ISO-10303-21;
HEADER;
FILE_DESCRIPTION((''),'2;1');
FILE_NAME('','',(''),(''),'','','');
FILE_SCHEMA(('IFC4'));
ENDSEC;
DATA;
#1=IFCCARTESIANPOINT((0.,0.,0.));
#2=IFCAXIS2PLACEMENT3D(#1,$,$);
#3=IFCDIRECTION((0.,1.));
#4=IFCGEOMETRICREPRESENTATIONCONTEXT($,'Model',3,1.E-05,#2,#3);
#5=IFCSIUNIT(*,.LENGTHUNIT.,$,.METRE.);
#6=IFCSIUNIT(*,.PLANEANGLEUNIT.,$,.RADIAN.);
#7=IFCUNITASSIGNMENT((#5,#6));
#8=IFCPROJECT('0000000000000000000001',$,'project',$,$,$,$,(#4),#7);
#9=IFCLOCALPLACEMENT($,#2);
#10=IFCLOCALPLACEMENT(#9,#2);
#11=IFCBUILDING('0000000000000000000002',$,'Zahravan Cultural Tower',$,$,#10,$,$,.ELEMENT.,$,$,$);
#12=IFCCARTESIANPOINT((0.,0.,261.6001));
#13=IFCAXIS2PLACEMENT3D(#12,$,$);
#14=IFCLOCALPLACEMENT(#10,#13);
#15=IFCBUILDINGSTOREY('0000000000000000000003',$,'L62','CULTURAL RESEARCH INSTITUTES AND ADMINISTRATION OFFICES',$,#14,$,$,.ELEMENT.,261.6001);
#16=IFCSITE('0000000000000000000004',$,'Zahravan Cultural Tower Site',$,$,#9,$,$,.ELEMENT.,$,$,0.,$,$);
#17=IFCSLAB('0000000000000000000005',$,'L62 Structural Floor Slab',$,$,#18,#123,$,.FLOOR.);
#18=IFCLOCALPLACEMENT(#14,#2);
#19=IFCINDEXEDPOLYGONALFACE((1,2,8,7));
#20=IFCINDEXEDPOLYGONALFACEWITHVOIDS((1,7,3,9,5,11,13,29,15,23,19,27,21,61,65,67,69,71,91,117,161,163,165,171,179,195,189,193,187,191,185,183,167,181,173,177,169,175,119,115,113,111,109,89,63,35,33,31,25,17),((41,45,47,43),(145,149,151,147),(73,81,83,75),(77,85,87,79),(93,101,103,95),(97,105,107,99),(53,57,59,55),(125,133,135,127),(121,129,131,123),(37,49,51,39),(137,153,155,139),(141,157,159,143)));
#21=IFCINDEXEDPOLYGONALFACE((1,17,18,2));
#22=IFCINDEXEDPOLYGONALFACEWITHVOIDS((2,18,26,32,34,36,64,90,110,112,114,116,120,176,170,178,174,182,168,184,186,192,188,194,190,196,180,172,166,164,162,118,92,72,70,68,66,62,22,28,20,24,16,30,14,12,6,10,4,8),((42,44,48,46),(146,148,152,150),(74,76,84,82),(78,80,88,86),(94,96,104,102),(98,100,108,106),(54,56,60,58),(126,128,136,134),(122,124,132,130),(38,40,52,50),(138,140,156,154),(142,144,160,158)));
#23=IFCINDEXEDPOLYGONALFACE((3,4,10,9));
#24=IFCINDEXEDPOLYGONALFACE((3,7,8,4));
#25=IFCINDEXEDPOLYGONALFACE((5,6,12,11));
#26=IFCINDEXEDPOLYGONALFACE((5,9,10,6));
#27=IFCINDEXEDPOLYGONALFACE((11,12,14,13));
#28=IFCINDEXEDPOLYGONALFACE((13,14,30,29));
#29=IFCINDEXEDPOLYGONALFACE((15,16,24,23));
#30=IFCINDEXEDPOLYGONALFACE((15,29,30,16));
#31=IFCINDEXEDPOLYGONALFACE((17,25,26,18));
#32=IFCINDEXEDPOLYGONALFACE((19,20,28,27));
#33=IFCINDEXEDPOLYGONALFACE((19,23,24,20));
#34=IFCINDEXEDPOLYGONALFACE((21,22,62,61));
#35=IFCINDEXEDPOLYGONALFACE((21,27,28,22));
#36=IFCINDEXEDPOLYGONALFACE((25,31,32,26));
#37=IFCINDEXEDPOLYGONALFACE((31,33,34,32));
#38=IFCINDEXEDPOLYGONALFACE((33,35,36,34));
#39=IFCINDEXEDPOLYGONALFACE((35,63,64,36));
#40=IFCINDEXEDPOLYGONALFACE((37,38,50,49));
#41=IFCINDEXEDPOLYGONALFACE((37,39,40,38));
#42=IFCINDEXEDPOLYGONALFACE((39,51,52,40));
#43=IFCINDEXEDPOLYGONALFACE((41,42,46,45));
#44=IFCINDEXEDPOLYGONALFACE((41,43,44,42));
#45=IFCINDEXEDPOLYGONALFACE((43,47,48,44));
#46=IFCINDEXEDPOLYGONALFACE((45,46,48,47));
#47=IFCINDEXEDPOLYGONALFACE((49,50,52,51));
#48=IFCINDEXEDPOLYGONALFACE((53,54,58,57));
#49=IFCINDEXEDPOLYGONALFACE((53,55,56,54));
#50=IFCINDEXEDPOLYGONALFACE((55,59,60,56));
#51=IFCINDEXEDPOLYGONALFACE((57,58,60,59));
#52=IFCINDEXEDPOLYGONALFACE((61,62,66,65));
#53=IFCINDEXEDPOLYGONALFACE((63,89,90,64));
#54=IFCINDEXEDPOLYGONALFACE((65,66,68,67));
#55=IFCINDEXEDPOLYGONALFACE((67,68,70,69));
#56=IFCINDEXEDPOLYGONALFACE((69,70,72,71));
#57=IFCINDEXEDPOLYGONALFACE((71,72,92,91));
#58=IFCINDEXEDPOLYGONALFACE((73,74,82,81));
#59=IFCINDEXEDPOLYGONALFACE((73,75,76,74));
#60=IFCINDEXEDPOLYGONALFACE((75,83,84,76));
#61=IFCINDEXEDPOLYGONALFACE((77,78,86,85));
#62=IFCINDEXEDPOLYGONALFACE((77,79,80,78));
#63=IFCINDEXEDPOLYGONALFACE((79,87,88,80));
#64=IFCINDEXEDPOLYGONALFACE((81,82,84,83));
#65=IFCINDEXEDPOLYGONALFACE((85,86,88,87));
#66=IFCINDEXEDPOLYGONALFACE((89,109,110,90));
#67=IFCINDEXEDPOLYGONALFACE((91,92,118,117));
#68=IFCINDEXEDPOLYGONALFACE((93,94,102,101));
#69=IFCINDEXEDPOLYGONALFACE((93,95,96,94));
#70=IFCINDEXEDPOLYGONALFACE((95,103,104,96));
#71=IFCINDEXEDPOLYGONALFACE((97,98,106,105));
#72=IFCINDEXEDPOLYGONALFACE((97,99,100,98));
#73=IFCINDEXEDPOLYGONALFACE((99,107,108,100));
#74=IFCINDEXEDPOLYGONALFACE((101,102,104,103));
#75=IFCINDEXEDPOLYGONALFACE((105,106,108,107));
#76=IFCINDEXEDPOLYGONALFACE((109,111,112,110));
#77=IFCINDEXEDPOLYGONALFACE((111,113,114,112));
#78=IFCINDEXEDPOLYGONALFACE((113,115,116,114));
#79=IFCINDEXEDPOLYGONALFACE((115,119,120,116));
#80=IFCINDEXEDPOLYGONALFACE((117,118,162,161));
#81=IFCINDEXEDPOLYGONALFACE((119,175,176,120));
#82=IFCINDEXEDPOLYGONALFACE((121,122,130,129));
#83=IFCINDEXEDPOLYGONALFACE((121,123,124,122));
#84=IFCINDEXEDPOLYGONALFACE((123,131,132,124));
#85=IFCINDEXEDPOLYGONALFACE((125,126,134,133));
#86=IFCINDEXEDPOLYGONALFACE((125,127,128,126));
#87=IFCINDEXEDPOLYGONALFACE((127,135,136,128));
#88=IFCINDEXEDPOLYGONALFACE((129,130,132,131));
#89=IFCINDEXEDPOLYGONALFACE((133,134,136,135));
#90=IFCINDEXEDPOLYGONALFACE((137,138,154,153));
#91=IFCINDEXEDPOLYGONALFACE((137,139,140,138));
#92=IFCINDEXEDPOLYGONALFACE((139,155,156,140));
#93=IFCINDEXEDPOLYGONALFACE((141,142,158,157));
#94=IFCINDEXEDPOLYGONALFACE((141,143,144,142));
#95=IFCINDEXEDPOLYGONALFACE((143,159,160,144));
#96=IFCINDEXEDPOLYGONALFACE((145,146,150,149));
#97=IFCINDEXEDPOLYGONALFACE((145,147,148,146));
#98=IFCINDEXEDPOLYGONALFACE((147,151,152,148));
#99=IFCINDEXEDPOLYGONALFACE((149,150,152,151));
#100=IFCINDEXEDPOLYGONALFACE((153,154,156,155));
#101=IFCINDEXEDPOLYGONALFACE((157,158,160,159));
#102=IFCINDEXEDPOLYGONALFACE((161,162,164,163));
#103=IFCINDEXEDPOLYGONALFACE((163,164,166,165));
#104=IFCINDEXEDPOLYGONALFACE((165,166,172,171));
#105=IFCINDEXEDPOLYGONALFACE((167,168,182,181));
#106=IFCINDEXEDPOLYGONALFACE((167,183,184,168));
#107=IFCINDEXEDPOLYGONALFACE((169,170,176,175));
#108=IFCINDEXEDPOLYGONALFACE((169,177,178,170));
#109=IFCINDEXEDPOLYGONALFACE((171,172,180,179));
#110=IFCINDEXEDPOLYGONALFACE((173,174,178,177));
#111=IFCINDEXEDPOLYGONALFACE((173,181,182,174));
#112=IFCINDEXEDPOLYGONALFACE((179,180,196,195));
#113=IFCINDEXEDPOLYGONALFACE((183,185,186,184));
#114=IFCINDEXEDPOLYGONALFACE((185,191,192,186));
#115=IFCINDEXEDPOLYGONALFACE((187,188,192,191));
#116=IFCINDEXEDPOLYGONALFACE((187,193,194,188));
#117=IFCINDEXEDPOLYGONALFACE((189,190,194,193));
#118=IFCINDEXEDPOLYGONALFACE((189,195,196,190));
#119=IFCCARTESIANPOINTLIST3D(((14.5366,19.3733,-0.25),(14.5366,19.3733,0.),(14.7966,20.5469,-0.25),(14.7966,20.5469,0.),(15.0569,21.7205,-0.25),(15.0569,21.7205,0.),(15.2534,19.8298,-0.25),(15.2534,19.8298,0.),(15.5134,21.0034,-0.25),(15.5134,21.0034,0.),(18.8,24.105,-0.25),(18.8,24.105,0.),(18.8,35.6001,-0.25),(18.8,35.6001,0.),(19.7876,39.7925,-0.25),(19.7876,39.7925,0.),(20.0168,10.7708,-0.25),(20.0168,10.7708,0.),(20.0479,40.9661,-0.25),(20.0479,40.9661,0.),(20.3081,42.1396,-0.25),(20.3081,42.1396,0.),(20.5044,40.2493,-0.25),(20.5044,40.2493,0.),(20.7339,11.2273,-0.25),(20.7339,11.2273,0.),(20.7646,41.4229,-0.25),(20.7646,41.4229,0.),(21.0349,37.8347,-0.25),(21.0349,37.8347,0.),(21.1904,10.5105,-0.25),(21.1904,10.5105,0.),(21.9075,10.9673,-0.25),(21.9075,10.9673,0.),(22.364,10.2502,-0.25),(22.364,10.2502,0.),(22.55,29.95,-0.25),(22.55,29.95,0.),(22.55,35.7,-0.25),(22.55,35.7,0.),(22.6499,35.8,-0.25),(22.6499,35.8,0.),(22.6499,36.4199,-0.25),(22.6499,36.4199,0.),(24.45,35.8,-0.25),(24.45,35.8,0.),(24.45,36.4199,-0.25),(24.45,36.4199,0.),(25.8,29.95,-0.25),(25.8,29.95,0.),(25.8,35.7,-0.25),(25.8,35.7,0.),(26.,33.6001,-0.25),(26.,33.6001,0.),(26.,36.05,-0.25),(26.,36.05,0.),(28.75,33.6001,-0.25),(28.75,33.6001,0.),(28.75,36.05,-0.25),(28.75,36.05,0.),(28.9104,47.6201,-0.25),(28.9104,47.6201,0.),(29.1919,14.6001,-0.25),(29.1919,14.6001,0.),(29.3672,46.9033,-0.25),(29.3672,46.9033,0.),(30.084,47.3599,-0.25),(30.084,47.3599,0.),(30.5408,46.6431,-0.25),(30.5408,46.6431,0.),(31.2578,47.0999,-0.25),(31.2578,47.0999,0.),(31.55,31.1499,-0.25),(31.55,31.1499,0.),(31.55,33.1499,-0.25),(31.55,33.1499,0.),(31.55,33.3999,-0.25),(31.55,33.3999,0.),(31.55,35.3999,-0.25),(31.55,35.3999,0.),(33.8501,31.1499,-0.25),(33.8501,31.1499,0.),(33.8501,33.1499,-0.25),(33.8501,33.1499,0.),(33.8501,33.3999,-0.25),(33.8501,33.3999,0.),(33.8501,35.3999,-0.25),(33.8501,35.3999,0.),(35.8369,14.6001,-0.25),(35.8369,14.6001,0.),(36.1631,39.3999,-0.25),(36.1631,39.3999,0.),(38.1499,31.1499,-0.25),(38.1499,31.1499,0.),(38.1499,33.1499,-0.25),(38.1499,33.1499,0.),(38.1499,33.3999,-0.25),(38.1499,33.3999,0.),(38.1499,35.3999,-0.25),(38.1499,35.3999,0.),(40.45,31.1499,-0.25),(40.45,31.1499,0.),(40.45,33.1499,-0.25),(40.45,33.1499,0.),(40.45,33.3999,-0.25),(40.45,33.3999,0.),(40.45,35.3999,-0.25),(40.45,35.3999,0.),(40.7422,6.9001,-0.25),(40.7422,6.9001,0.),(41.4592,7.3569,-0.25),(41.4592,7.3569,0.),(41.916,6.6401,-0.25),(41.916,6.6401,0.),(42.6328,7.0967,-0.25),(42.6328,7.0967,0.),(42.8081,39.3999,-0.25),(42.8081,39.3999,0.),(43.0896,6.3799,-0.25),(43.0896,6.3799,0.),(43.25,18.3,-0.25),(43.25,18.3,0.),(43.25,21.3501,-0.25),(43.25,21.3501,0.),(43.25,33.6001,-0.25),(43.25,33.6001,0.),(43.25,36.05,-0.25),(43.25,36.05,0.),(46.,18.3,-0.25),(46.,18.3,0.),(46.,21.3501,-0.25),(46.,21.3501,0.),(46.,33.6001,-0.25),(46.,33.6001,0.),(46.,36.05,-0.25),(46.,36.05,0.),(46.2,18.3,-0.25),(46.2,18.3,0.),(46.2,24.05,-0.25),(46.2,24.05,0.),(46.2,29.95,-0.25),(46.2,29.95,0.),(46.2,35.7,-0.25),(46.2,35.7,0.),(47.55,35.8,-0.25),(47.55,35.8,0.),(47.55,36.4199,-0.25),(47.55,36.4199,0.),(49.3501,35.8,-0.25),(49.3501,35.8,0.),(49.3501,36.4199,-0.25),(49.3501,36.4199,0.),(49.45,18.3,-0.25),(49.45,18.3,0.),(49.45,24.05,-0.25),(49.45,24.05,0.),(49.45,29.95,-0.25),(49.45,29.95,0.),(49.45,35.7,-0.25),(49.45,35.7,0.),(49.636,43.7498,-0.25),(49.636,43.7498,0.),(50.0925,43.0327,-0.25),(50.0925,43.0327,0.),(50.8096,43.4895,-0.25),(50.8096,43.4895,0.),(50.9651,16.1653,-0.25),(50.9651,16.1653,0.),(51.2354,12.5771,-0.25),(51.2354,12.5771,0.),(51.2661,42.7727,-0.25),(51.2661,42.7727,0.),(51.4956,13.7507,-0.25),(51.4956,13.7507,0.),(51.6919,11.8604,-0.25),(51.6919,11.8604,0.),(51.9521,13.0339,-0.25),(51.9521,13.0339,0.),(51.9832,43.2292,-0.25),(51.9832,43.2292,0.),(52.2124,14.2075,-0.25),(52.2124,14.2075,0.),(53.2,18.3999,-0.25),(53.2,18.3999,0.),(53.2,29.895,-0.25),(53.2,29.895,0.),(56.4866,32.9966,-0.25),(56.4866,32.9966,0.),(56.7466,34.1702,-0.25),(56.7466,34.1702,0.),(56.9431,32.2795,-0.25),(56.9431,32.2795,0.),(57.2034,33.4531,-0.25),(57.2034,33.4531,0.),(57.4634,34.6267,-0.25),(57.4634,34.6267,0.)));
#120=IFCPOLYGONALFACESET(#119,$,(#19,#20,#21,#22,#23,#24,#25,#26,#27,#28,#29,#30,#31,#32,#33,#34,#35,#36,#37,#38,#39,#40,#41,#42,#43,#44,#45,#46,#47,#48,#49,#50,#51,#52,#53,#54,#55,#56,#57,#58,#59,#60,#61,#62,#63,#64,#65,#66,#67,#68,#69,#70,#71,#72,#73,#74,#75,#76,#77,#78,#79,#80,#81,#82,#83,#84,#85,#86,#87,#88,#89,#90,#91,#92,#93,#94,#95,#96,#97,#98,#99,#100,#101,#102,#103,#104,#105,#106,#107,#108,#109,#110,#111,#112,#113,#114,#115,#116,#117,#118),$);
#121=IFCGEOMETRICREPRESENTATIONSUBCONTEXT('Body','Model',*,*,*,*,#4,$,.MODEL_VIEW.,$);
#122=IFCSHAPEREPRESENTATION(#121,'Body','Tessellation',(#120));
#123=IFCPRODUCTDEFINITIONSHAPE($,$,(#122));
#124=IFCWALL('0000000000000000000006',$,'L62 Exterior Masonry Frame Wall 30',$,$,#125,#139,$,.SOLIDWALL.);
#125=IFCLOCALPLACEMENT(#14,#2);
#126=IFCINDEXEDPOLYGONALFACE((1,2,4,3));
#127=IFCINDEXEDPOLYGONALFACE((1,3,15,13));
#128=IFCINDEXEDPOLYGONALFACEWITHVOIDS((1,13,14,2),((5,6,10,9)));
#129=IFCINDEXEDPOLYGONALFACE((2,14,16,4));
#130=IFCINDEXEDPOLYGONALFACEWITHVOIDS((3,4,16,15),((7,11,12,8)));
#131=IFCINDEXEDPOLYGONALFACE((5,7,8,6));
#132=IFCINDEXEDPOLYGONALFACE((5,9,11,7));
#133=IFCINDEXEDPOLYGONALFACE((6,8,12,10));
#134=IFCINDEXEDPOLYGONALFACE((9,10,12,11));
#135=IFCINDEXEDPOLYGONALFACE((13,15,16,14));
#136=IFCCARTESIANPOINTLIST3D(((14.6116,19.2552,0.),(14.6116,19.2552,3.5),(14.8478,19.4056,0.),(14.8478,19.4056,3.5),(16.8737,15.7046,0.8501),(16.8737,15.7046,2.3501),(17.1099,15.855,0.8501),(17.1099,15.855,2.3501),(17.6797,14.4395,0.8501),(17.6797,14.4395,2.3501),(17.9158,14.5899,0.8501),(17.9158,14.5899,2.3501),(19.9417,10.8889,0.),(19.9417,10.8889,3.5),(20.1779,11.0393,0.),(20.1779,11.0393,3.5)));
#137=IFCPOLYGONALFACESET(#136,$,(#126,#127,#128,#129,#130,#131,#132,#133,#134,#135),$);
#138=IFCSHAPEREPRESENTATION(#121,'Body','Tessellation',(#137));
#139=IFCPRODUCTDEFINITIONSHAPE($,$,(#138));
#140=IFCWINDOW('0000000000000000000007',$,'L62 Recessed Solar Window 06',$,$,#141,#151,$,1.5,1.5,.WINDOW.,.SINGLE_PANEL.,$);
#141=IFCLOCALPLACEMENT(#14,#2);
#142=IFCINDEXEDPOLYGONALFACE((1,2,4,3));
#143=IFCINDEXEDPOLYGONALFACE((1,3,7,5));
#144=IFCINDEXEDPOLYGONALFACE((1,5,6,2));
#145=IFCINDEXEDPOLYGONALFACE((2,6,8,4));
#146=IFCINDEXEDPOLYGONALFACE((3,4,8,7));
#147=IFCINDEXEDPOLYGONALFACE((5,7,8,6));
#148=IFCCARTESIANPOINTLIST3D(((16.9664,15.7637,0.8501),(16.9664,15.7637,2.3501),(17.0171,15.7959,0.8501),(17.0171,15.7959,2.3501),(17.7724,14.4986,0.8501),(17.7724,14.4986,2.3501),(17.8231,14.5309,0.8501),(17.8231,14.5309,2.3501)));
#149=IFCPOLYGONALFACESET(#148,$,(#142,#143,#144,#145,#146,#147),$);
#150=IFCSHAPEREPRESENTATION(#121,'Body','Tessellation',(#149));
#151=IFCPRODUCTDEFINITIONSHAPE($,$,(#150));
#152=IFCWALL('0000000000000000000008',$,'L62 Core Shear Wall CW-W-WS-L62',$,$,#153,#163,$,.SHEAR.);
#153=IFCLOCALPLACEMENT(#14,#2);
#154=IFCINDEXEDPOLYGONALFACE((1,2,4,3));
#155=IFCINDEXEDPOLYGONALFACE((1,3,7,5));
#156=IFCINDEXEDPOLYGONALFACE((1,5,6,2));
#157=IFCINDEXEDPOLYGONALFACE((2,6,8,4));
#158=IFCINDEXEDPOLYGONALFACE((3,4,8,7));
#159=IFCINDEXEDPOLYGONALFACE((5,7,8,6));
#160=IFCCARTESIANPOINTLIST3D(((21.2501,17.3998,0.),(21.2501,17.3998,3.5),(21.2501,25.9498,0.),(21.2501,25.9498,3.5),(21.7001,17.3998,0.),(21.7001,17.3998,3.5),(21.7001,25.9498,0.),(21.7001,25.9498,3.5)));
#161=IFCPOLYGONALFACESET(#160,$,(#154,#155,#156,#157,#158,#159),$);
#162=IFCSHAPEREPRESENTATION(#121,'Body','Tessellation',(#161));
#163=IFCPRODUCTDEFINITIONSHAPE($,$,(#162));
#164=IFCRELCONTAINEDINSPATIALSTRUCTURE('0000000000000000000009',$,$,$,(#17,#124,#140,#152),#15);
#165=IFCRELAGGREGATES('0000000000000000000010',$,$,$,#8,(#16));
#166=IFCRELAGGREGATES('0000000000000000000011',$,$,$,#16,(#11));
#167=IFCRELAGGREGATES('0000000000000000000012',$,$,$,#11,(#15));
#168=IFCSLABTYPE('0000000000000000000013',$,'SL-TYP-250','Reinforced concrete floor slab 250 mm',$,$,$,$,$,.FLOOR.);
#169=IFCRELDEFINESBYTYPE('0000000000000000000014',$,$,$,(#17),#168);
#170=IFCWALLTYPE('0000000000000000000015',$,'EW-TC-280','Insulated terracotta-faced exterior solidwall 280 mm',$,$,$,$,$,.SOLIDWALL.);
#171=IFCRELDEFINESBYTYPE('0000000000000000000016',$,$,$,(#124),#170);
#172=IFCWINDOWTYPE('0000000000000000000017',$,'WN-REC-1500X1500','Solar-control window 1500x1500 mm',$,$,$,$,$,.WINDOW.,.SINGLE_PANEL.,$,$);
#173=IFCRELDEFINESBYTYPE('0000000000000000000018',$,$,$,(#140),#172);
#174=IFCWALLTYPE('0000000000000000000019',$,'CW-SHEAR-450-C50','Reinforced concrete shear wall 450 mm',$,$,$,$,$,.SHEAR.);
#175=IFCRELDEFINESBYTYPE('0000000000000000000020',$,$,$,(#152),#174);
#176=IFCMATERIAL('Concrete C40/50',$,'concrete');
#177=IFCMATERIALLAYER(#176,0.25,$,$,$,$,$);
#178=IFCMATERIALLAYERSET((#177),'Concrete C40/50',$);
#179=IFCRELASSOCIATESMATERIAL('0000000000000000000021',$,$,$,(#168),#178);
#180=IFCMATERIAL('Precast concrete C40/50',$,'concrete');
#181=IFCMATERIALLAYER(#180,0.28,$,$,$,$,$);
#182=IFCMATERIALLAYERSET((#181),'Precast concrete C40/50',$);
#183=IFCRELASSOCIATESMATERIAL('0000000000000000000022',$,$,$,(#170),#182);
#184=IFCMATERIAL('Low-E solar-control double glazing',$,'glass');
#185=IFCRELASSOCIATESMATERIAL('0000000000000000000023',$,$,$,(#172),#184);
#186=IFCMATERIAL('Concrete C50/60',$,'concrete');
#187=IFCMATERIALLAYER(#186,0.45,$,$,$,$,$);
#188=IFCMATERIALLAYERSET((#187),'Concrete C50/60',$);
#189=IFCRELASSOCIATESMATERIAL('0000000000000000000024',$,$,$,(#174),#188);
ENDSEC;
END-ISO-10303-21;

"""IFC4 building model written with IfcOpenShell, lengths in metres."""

from ifc_helpers import new_model, si_unit, direction, frame, frame_2d, origin, place, context, subcontext, project, spatial, polyline, rectangle, outline, extrude, source, transform, mapped, material, layer, layer_set, type_object, element, fill, save


model = new_model("IFC4")

# Units and contexts
model_context = context("Model", 3, precision=1e-05, world=origin(), true_north=direction((0.0, 1.0)))
body_context = subcontext(model_context, "Body", "Model", "MODEL_VIEW")
ifc_project = project(units=[si_unit("LENGTHUNIT", "METRE"), si_unit("PLANEANGLEUNIT", "RADIAN")], contexts=[model_context])

# Site, building, storey
site_placement = place(None, origin())
site = spatial("IfcSite", under=ifc_project, at=site_placement, Name="Zahravan Cultural Tower Site", CompositionType="ELEMENT", RefElevation=0.0)
building_placement = place(site_placement, origin())
building = spatial("IfcBuilding", under=site, at=building_placement, Name="Zahravan Cultural Tower", CompositionType="ELEMENT")
storey_placement = place(building_placement, frame((0.0, 0.0, 261.6001)))
storey = spatial("IfcBuildingStorey", under=building, at=storey_placement, Name="L62", Description="CULTURAL RESEARCH INSTITUTES AND ADMINISTRATION OFFICES", CompositionType="ELEMENT", Elevation=261.6001)

# Shared definitions
ifc_material_1 = material(Name="Concrete C50/60", Category="concrete")

# Slab
ifc_material_2 = material(Name="Concrete C40/50", Category="concrete")
ifc_layer_1 = layer(ifc_material_2, 0.25)
ifc_layer_set_1 = layer_set([ifc_layer_1], Name="Concrete C40/50")
slab_type_1 = type_object("IfcSlabType", Name="SL-TYP-250", Description="Reinforced concrete floor slab 250 mm", PredefinedType="FLOOR", material=ifc_layer_set_1)
slab_1_placement = place(storey_placement, frame((0.0, 0.0, -0.25)))
element("IfcSlab", 1, at=slab_1_placement, inside=storey, type_object=slab_type_1, Name="L62 Structural Floor Slab", PredefinedType="FLOOR", context=body_context, shape_type="SweptSolid", body=[
    extrude(outline(polyline([(42.8081, 39.3999), (36.1631, 39.3999), (31.2578, 47.0999), (30.5408, 46.6431), (30.084, 47.3599), (29.3672, 46.9033), (28.9104, 47.6201), (20.3081, 42.1396), (20.7646, 41.4229), (20.0479, 40.9661), (20.5044, 40.2493), (19.7876, 39.7925), (21.0349, 37.8347), (18.8, 35.6001), (18.8, 24.105), (15.0569, 21.7205), (15.5134, 21.0034), (14.7966, 20.5469), (15.2534, 19.8298), (14.5366, 19.3733), (20.0168, 10.7708), (20.7339, 11.2273), (21.1904, 10.5105), (21.9075, 10.9673), (22.364, 10.2502), (29.1919, 14.6001), (35.8369, 14.6001), (40.7422, 6.9001), (41.4592, 7.3569), (41.916, 6.6401), (42.6328, 7.0967), (43.0896, 6.3799), (51.6919, 11.8604), (51.2354, 12.5771), (51.9521, 13.0339), (51.4956, 13.7507), (52.2124, 14.2075), (50.9651, 16.1653), (53.2, 18.3999), (53.2, 29.895), (56.9431, 32.2795), (56.4866, 32.9966), (57.2034, 33.4531), (56.7466, 34.1702), (57.4634, 34.6267), (51.9832, 43.2292), (51.2661, 42.7727), (50.8096, 43.4895), (50.0925, 43.0327), (49.636, 43.7498), (42.8081, 39.3999)]), holes=[polyline([(22.55, 29.95), (22.55, 35.7), (25.8, 35.7), (25.8, 29.95), (22.55, 29.95)]), polyline([(46.2, 29.95), (46.2, 35.7), (49.45, 35.7), (49.45, 29.95), (46.2, 29.95)]), polyline([(46.2, 18.3), (46.2, 24.05), (49.45, 24.05), (49.45, 18.3), (46.2, 18.3)]), polyline([(26.0, 33.6001), (26.0, 36.05), (28.75, 36.05), (28.75, 33.6001), (26.0, 33.6001)]), polyline([(43.25, 33.6001), (43.25, 36.05), (46.0, 36.05), (46.0, 33.6001), (43.25, 33.6001)]), polyline([(43.25, 18.3), (43.25, 21.3501), (46.0, 21.3501), (46.0, 18.3), (43.25, 18.3)]), polyline([(31.55, 33.3999), (31.55, 35.3999), (33.8501, 35.3999), (33.8501, 33.3999), (31.55, 33.3999)]), polyline([(31.55, 31.1499), (31.55, 33.1499), (33.8501, 33.1499), (33.8501, 31.1499), (31.55, 31.1499)]), polyline([(38.1499, 33.3999), (38.1499, 35.3999), (40.45, 35.3999), (40.45, 33.3999), (38.1499, 33.3999)]), polyline([(38.1499, 31.1499), (38.1499, 33.1499), (40.45, 33.1499), (40.45, 31.1499), (38.1499, 31.1499)]), polyline([(22.6499, 35.8), (22.6499, 36.4199), (24.45, 36.4199), (24.45, 35.8), (22.6499, 35.8)]), polyline([(47.55, 35.8), (47.55, 36.4199), (49.3501, 36.4199), (49.3501, 35.8), (47.55, 35.8)])]), origin(), (0.0, 0.0, 1.0), 0.25),
])

# Wall, opening, window
ifc_material_3 = material(Name="Precast concrete C40/50", Category="concrete")
ifc_layer_2 = layer(ifc_material_3, 0.28)
ifc_layer_set_2 = layer_set([ifc_layer_2], Name="Precast concrete C40/50")
wall_type_1 = type_object("IfcWallType", Name="EW-TC-280", Description="Insulated terracotta-faced exterior solidwall 280 mm", PredefinedType="SOLIDWALL", material=ifc_layer_set_2)
wall_1_placement = place(storey_placement, frame((20.0598, 10.9641, 0.0), z_axis=(0.0, 0.0, 1.0), x_axis=(-0.537315, 0.843382, 0.0)))
wall_1 = element("IfcWall", 2, at=wall_1_placement, inside=storey, type_object=wall_type_1, Name="L62 Exterior Masonry Frame Wall 30", PredefinedType="SOLIDWALL", context=body_context, shape_type="SweptSolid", body=[
    extrude(rectangle(XDim=9.9199, YDim=0.28, at=frame_2d((4.96, 0.0))), origin(), (0.0, 0.0, 1.0), 3.5),
])
opening_placement = place(wall_1_placement, frame((4.21, 0.0, 0.8501)))
opening = element("IfcOpeningElement", 3, at=opening_placement, cuts=wall_1, PredefinedType="OPENING", context=body_context, shape_type="SweptSolid", body=[
    extrude(rectangle(XDim=1.5, YDim=1.5, at=frame_2d((0.75, 0.75))), frame((0.0, 0.1499, 0.0), z_axis=(0.0, -1.0, 0.0), x_axis=(1.0, 0.0, 0.0)), (0.0, 0.0, 1.0), 0.3),
])
ifc_material_4 = material(Name="Low-E solar-control double glazing", Category="glass")
window_type = type_object("IfcWindowType", Name="WN-REC-1500X1500", Description="Solar-control window 1500x1500 mm", PartitioningType="SINGLE_PANEL", PredefinedType="WINDOW", material=ifc_material_4)
shared_shape_1 = source(origin(), body_context, "Body", "SweptSolid", [
    extrude(rectangle(XDim=1.5, YDim=1.5, at=frame_2d((0.75, 0.75))), frame((0.0, 0.03, 0.0), z_axis=(0.0, -1.0, 0.0), x_axis=(1.0, 0.0, 0.0)), (0.0, 0.0, 1.0), 0.0601),
])
window_placement = place(opening_placement, origin())
window = element("IfcWindow", 4, at=window_placement, inside=storey, type_object=window_type, Name="L62 Recessed Solar Window 06", OverallHeight=1.5, OverallWidth=1.5, PartitioningType="SINGLE_PANEL", PredefinedType="WINDOW", context=body_context, shape_type="MappedRepresentation", body=[
    mapped(shared_shape_1, transform((0.0, 0.0, 0.0), x_axis=(1.0, 0.0, 0.0), y_axis=(0.0, 1.0, 0.0), z_axis=(0.0, 0.0, 1.0), scale=1.0)),
])
fill(opening, window)

# Wall
ifc_layer_3 = layer(ifc_material_1, 0.45)
ifc_layer_set_3 = layer_set([ifc_layer_3], Name="Concrete C50/60")
wall_type_2 = type_object("IfcWallType", Name="CW-SHEAR-450-C50", Description="Reinforced concrete shear wall 450 mm", PredefinedType="SHEAR", material=ifc_layer_set_3)
shared_shape_2 = source(origin(), body_context, "Body", "SweptSolid", [
    extrude(rectangle(XDim=8.55, YDim=0.45, at=frame_2d((4.2749, 0.0))), origin(), (0.0, 0.0, 1.0), 3.5),
])
wall_2_placement = place(storey_placement, frame((21.4751, 17.3999, 0.0), z_axis=(0.0, 0.0, 1.0), x_axis=(0.0, 1.0, 0.0)))
element("IfcWall", 5, at=wall_2_placement, inside=storey, type_object=wall_type_2, Name="L62 Core Shear Wall CW-W-WS-L62", PredefinedType="SHEAR", context=body_context, shape_type="MappedRepresentation", body=[
    mapped(shared_shape_2, transform((0.0, 0.0, 0.0), x_axis=(1.0, 0.0, 0.0), y_axis=(0.0, 1.0, 0.0), z_axis=(0.0, 0.0, 1.0), scale=1.0)),
])

save(model, "model.ifc")
